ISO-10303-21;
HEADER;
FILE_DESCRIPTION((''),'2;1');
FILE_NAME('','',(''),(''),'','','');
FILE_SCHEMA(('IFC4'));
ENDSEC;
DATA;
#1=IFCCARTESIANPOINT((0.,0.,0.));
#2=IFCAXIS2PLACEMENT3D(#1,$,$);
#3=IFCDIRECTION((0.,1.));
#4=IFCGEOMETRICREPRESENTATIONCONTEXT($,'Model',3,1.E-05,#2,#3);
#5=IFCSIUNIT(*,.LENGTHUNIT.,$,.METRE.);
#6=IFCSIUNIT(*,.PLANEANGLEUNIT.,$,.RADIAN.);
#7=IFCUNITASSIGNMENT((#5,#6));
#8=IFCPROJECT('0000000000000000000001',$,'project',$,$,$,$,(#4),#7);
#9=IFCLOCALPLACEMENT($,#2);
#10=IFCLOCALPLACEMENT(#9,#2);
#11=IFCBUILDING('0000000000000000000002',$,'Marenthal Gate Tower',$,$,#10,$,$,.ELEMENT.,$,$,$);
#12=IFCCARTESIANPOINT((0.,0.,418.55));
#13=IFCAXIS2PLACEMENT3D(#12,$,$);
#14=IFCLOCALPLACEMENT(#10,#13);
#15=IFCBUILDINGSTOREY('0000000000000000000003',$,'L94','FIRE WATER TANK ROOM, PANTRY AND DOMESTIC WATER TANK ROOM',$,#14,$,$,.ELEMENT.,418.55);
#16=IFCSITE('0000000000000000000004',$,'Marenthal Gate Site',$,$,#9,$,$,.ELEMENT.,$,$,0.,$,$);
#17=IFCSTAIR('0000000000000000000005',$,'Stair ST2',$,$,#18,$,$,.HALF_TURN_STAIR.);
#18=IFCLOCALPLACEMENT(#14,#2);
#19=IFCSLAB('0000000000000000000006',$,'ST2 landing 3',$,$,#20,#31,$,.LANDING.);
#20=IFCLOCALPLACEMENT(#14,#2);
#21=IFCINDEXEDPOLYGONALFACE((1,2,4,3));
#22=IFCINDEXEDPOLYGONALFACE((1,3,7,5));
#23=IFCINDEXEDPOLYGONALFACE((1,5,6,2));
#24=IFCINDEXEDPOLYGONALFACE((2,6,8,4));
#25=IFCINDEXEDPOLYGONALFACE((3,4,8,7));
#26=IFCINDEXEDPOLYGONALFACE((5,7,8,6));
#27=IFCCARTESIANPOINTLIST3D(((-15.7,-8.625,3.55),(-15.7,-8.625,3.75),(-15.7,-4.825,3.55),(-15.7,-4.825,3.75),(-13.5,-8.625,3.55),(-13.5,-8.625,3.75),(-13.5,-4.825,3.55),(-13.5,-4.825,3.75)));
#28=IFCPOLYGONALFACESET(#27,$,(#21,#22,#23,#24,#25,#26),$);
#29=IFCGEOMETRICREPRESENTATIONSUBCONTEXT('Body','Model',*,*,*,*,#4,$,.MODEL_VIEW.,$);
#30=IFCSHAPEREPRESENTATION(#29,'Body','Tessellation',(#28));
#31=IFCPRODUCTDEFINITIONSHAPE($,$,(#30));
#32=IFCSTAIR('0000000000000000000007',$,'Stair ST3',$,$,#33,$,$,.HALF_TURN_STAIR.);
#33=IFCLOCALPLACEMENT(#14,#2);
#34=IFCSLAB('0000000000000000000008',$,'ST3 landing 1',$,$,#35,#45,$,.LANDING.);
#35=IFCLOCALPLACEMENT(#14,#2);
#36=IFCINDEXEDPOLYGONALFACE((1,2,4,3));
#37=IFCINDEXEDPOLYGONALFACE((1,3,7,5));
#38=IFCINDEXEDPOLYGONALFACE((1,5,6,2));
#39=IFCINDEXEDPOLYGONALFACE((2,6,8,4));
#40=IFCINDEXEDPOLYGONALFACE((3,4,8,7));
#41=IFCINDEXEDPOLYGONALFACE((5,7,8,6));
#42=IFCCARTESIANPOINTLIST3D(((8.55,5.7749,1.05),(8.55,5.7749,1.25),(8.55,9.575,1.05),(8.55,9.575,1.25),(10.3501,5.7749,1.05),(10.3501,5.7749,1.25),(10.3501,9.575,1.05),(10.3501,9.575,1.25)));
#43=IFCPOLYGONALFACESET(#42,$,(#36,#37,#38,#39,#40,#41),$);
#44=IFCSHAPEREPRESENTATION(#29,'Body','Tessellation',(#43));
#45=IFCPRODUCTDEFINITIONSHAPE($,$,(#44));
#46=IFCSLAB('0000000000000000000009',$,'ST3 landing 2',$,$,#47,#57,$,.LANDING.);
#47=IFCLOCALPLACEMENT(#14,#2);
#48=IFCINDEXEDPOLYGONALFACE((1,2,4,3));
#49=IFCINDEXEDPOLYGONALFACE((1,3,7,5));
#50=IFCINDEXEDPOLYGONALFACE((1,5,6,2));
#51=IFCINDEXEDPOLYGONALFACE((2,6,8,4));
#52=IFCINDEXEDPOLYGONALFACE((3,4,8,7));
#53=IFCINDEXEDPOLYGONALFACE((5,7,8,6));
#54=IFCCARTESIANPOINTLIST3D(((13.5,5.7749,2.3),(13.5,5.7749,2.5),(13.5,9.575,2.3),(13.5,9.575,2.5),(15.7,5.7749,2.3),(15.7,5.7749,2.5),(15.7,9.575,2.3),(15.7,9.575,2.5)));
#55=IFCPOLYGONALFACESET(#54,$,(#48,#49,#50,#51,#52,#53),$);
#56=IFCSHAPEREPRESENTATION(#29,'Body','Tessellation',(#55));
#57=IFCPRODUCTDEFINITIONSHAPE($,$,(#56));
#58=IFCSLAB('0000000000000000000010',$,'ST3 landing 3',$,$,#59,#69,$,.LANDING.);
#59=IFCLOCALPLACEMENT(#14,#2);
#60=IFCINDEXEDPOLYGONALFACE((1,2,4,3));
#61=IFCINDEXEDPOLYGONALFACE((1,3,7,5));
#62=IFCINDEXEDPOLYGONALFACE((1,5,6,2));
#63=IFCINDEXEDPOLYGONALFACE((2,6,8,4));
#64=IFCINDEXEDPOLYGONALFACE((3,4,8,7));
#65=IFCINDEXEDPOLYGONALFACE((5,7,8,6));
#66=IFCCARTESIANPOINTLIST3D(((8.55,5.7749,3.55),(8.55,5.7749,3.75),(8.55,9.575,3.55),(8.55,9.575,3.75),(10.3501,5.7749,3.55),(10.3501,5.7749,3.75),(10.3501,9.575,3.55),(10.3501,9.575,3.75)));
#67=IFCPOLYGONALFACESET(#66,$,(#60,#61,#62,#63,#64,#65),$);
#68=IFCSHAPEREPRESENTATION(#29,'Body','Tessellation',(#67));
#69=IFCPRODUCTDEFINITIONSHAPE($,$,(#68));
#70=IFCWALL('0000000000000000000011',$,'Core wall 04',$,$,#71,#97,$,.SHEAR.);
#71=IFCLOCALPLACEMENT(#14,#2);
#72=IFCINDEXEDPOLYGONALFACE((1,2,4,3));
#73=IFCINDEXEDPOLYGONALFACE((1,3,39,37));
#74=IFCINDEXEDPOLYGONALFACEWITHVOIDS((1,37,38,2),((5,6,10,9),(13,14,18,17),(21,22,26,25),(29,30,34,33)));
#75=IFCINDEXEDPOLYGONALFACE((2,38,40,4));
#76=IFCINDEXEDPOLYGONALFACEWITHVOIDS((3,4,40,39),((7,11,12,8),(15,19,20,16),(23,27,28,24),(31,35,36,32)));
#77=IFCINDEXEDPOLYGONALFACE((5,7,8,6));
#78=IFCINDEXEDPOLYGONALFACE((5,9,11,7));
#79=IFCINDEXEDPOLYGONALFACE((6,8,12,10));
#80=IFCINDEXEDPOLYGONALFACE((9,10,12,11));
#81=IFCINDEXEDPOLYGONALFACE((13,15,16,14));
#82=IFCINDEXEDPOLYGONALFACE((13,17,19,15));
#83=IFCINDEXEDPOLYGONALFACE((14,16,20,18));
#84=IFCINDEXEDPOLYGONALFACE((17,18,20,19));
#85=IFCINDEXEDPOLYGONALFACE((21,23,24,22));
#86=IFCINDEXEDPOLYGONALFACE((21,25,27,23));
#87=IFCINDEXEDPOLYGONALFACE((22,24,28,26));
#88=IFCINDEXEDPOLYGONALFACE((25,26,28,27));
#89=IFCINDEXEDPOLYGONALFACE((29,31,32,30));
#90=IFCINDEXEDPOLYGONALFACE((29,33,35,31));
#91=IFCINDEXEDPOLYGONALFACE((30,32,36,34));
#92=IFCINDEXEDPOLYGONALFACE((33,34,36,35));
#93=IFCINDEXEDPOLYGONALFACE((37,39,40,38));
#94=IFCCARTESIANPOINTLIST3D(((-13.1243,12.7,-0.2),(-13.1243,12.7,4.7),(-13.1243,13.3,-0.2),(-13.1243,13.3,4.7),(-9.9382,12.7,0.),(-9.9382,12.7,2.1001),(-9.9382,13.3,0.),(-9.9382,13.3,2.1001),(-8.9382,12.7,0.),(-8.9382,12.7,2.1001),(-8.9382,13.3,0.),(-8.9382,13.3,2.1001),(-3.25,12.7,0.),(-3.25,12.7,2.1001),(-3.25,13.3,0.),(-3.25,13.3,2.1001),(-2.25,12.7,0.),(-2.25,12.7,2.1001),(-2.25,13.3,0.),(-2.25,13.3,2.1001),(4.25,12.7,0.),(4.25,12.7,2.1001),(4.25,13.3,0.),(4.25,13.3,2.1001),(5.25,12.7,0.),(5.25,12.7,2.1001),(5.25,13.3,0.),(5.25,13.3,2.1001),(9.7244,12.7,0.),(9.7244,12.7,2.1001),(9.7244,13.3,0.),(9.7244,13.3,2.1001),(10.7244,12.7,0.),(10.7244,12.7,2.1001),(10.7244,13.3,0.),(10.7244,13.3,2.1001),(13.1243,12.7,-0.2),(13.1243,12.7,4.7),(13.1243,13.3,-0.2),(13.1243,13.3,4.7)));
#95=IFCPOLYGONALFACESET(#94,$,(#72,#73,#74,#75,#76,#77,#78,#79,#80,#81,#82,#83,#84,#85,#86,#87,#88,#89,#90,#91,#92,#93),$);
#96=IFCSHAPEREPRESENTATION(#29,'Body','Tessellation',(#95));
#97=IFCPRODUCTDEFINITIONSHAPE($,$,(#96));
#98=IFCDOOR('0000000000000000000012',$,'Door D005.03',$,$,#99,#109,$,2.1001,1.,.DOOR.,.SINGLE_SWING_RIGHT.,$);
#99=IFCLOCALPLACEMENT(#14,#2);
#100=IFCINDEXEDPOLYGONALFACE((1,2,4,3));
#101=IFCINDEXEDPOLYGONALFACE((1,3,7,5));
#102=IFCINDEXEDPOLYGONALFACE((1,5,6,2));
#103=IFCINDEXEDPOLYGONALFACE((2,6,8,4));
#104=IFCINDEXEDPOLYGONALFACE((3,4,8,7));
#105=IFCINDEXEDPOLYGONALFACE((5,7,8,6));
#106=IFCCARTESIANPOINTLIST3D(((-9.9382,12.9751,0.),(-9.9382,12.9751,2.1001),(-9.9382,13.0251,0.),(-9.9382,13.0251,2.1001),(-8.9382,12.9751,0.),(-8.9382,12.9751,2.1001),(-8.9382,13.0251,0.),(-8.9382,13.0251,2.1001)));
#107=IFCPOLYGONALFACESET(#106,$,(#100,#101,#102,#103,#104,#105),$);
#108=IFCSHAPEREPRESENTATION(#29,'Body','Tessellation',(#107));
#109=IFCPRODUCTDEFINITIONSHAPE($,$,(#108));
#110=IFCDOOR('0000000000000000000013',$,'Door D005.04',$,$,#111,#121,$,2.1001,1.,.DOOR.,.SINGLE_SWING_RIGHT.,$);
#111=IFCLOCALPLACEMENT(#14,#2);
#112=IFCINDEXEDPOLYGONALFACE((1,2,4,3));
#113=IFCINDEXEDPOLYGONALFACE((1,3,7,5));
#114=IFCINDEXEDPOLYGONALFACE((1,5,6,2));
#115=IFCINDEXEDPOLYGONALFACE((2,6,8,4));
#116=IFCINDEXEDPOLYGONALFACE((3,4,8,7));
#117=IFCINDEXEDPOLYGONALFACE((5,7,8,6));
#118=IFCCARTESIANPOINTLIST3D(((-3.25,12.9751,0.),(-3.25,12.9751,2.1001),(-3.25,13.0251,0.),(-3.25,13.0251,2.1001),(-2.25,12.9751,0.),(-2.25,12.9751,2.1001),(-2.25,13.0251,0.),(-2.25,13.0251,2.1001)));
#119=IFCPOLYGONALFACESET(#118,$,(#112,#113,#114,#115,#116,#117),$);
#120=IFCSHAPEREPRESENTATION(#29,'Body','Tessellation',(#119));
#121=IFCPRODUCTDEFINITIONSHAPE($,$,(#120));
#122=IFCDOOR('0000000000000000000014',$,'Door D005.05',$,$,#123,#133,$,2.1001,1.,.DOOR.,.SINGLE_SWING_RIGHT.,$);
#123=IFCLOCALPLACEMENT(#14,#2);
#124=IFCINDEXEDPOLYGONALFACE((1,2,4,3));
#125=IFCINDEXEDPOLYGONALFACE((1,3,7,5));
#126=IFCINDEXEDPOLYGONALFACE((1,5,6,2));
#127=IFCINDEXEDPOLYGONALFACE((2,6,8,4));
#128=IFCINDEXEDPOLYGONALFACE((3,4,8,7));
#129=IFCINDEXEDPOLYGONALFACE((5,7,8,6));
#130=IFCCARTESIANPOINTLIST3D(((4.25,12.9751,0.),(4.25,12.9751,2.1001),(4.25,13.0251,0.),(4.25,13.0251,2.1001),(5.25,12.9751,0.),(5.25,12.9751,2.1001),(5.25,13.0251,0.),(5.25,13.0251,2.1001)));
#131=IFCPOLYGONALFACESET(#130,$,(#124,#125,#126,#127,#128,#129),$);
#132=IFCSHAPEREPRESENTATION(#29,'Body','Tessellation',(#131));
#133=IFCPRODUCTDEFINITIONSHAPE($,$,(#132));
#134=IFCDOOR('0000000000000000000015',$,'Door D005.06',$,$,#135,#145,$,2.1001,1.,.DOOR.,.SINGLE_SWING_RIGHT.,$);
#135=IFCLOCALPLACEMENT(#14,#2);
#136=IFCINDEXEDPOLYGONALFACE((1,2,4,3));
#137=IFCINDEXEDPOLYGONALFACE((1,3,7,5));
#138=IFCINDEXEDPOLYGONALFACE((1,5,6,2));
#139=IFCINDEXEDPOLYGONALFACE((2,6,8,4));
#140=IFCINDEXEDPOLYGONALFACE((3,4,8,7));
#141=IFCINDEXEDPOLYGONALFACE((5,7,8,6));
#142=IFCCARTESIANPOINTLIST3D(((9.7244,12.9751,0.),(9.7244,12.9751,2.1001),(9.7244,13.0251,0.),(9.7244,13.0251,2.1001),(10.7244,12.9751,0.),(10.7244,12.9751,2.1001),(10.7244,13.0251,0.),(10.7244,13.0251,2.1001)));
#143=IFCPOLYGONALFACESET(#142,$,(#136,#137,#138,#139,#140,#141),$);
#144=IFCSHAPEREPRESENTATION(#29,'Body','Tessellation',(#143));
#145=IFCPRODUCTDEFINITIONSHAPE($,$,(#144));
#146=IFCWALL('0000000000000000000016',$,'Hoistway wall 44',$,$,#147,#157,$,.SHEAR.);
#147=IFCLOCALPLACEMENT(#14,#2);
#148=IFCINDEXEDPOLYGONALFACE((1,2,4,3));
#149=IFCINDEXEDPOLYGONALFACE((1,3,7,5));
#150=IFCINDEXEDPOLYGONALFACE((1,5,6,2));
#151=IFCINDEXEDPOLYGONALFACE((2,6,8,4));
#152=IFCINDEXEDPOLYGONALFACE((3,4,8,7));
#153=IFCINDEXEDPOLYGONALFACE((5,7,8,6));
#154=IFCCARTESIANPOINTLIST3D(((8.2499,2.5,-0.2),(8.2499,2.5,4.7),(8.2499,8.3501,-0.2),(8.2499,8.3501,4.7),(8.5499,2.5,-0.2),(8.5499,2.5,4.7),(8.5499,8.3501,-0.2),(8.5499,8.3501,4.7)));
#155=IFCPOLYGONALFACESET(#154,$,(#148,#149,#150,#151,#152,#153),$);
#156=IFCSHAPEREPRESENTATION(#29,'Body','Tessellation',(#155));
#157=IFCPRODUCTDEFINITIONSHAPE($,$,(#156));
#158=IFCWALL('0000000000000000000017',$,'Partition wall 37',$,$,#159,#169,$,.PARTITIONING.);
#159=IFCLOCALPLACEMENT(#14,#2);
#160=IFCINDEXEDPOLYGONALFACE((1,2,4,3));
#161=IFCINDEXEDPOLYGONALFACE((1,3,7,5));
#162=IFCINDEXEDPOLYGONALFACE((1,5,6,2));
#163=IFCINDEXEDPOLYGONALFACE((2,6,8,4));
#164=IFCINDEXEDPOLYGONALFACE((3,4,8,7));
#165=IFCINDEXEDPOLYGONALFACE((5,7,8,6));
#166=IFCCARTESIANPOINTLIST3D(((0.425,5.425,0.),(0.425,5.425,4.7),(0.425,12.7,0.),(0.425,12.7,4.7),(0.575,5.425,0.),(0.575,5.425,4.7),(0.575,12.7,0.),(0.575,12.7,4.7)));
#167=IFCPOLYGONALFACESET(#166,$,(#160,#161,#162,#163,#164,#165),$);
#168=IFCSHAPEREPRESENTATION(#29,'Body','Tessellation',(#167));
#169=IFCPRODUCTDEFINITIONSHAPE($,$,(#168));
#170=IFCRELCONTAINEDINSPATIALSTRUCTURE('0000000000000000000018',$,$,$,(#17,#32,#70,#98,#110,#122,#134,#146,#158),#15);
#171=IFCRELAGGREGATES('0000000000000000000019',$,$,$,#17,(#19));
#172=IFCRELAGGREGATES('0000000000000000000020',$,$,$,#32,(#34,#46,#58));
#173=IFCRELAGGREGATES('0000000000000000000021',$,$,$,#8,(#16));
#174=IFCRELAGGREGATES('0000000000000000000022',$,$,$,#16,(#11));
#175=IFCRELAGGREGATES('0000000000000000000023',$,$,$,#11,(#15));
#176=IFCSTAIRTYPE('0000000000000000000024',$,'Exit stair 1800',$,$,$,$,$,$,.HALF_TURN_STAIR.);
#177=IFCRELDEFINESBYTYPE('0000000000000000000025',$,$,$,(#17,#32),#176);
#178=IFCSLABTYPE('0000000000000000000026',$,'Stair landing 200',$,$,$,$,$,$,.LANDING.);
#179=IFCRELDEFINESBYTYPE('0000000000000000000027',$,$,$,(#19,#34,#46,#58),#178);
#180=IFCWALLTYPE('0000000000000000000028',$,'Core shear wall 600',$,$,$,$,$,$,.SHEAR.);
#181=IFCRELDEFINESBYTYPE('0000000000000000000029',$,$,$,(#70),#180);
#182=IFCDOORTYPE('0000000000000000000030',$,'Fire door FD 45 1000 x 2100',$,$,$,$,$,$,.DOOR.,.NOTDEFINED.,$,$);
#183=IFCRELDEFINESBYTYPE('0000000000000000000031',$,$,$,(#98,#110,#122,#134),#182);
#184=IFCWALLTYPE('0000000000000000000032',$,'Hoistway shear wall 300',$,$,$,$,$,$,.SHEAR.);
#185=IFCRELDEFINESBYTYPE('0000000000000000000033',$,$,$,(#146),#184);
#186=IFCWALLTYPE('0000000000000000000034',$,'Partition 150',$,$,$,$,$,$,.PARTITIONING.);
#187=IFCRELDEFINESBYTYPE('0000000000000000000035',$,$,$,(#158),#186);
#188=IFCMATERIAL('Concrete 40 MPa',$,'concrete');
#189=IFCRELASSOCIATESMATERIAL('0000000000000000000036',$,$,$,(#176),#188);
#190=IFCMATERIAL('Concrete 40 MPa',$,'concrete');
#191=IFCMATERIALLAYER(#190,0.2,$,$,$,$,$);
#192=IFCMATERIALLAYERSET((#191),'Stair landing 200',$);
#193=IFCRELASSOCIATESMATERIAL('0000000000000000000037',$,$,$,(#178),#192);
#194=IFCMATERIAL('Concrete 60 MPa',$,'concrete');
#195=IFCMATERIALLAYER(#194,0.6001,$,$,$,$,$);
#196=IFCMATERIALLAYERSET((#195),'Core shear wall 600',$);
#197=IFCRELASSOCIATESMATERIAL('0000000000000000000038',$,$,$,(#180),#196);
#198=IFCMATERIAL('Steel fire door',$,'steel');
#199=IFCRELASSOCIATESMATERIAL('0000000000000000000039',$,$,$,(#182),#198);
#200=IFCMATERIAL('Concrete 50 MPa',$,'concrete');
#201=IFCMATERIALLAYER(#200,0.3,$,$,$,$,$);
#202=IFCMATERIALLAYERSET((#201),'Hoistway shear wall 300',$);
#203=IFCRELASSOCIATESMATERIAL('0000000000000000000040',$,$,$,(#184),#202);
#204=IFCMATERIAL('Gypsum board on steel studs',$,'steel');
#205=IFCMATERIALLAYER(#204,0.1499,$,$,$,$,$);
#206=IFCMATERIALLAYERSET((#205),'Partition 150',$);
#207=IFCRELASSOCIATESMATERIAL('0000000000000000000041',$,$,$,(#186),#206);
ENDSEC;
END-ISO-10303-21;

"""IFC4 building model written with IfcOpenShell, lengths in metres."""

from ifc_helpers import new_model, si_unit, direction, frame, frame_2d, origin, place, context, subcontext, project, spatial, polyline, rectangle, outline, extrude, material, layer, layer_set, type_object, element, fill, aggregate, save


model = new_model("IFC4")

# Units and contexts
model_context = context("Model", 3, precision=1e-05, world=origin(), true_north=direction((0.0, 1.0)))
body_context = subcontext(model_context, "Body", "Model", "MODEL_VIEW")
ifc_project = project(units=[si_unit("LENGTHUNIT", "METRE"), si_unit("PLANEANGLEUNIT", "RADIAN")], contexts=[model_context])

# Site, building, storey
site_placement = place(None, origin())
site = spatial("IfcSite", under=ifc_project, at=site_placement, Name="Marenthal Gate Site", CompositionType="ELEMENT", RefElevation=0.0)
building_placement = place(site_placement, origin())
building = spatial("IfcBuilding", under=site, at=building_placement, Name="Marenthal Gate Tower", CompositionType="ELEMENT")
storey_placement = place(building_placement, frame((0.0, 0.0, 418.55)))
storey = spatial("IfcBuildingStorey", under=building, at=storey_placement, Name="L94", Description="FIRE WATER TANK ROOM, PANTRY AND DOMESTIC WATER TANK ROOM", CompositionType="ELEMENT", Elevation=418.55)

# Stair, slab
ifc_material_1 = material(Name="Concrete 40 MPa", Category="concrete")
stair_type = type_object("IfcStairType", Name="Exit stair 1800", PredefinedType="HALF_TURN_STAIR", material=ifc_material_1)
stair_1_placement = place(storey_placement, origin())
stair_1 = element("IfcStair", 1, at=stair_1_placement, inside=storey, type_object=stair_type, Name="Stair ST2", PredefinedType="HALF_TURN_STAIR")
ifc_material_2 = material(Name="Concrete 40 MPa", Category="concrete")
ifc_layer_1 = layer(ifc_material_2, 0.2)
ifc_layer_set_1 = layer_set([ifc_layer_1], Name="Stair landing 200")
slab_type = type_object("IfcSlabType", Name="Stair landing 200", PredefinedType="LANDING", material=ifc_layer_set_1)
slab_1_placement = place(storey_placement, frame((0.0, 0.0, 3.55)))
slab_1 = element("IfcSlab", 2, at=slab_1_placement, type_object=slab_type, Name="ST2 landing 3", PredefinedType="LANDING", context=body_context, shape_type="SweptSolid", body=[
    extrude(outline(polyline([(-15.7, -8.625), (-13.5, -8.625), (-13.5, -4.825), (-15.7, -4.825), (-15.7, -8.625)])), origin(), (0.0, 0.0, 1.0), 0.2),
])
aggregate(stair_1, [slab_1])

# Stair, slabs
stair_2_placement = place(storey_placement, origin())
stair_2 = element("IfcStair", 3, at=stair_2_placement, inside=storey, type_object=stair_type, Name="Stair ST3", PredefinedType="HALF_TURN_STAIR")
slab_2_placement = place(storey_placement, frame((0.0, 0.0, 1.05)))
slab_2 = element("IfcSlab", 4, at=slab_2_placement, type_object=slab_type, Name="ST3 landing 1", PredefinedType="LANDING", context=body_context, shape_type="SweptSolid", body=[
    extrude(outline(polyline([(8.55, 5.7749), (10.3501, 5.7749), (10.3501, 9.575), (8.55, 9.575), (8.55, 5.7749)])), origin(), (0.0, 0.0, 1.0), 0.2),
])
slab_3_placement = place(storey_placement, frame((0.0, 0.0, 2.3)))
slab_3 = element("IfcSlab", 5, at=slab_3_placement, type_object=slab_type, Name="ST3 landing 2", PredefinedType="LANDING", context=body_context, shape_type="SweptSolid", body=[
    extrude(outline(polyline([(13.5, 5.7749), (15.7, 5.7749), (15.7, 9.575), (13.5, 9.575), (13.5, 5.7749)])), origin(), (0.0, 0.0, 1.0), 0.2),
])
slab_4_placement = place(storey_placement, frame((0.0, 0.0, 3.55)))
slab_4 = element("IfcSlab", 6, at=slab_4_placement, type_object=slab_type, Name="ST3 landing 3", PredefinedType="LANDING", context=body_context, shape_type="SweptSolid", body=[
    extrude(outline(polyline([(8.55, 5.7749), (10.3501, 5.7749), (10.3501, 9.575), (8.55, 9.575), (8.55, 5.7749)])), origin(), (0.0, 0.0, 1.0), 0.2),
])

# Wall, openings, doors
ifc_material_3 = material(Name="Concrete 60 MPa", Category="concrete")
ifc_layer_2 = layer(ifc_material_3, 0.6001)
ifc_layer_set_2 = layer_set([ifc_layer_2], Name="Core shear wall 600")
wall_type_1 = type_object("IfcWallType", Name="Core shear wall 600", PredefinedType="SHEAR", material=ifc_layer_set_2)
wall_1_placement = place(storey_placement, frame((13.1243, 13.0, -0.2), z_axis=(0.0, 0.0, 1.0), x_axis=(-1.0, 0.0, 0.0)))
wall_1 = element("IfcWall", 7, at=wall_1_placement, inside=storey, type_object=wall_type_1, Name="Core wall 04", PredefinedType="SHEAR", context=body_context, shape_type="SweptSolid", body=[
    extrude(rectangle(XDim=26.2485, YDim=0.6001, at=frame_2d((13.1243, 0.0))), origin(), (0.0, 0.0, 1.0), 4.8999),
])
opening_1_placement = place(wall_1_placement, frame((22.0625, 0.0, 0.2)))
opening_1 = element("IfcOpeningElement", 8, at=opening_1_placement, cuts=wall_1, PredefinedType="OPENING", context=body_context, shape_type="SweptSolid", body=[
    extrude(rectangle(XDim=1.0, YDim=2.1001, at=frame_2d((0.5, 1.05))), frame((0.0, 0.3101, 0.0), z_axis=(0.0, -1.0, 0.0), x_axis=(1.0, 0.0, 0.0)), (0.0, 0.0, 1.0), 0.6201),
])
opening_2_placement = place(wall_1_placement, frame((15.3743, 0.0, 0.2)))
opening_2 = element("IfcOpeningElement", 9, at=opening_2_placement, cuts=wall_1, PredefinedType="OPENING", context=body_context, shape_type="SweptSolid", body=[
    extrude(rectangle(XDim=1.0, YDim=2.1001, at=frame_2d((0.5, 1.05))), frame((0.0, 0.3101, 0.0), z_axis=(0.0, -1.0, 0.0), x_axis=(1.0, 0.0, 0.0)), (0.0, 0.0, 1.0), 0.6201),
])
opening_3_placement = place(wall_1_placement, frame((7.8743, 0.0, 0.2)))
opening_3 = element("IfcOpeningElement", 10, at=opening_3_placement, cuts=wall_1, PredefinedType="OPENING", context=body_context, shape_type="SweptSolid", body=[
    extrude(rectangle(XDim=1.0, YDim=2.1001, at=frame_2d((0.5, 1.05))), frame((0.0, 0.3101, 0.0), z_axis=(0.0, -1.0, 0.0), x_axis=(1.0, 0.0, 0.0)), (0.0, 0.0, 1.0), 0.6201),
])
opening_4_placement = place(wall_1_placement, frame((2.3999, 0.0, 0.2)))
opening_4 = element("IfcOpeningElement", 11, at=opening_4_placement, cuts=wall_1, PredefinedType="OPENING", context=body_context, shape_type="SweptSolid", body=[
    extrude(rectangle(XDim=1.0, YDim=2.1001, at=frame_2d((0.5, 1.05))), frame((0.0, 0.3101, 0.0), z_axis=(0.0, -1.0, 0.0), x_axis=(1.0, 0.0, 0.0)), (0.0, 0.0, 1.0), 0.6201),
])
ifc_material_4 = material(Name="Steel fire door", Category="steel")
door_type_1 = type_object("IfcDoorType", Name="Fire door FD 45 1000 x 2100", OperationType="NOTDEFINED", PredefinedType="DOOR", material=ifc_material_4)
door_1_placement = place(opening_1_placement, origin())
door_1 = element("IfcDoor", 12, at=door_1_placement, inside=storey, type_object=door_type_1, Name="Door D005.03", OperationType="SINGLE_SWING_RIGHT", OverallHeight=2.1001, OverallWidth=1.0, PredefinedType="DOOR", context=body_context, shape_type="SweptSolid", body=[
    extrude(rectangle(XDim=1.0, YDim=2.1001, at=frame_2d((0.5, 1.05))), frame((0.0, 0.0249, 0.0), z_axis=(0.0, -1.0, 0.0), x_axis=(1.0, 0.0, 0.0)), (0.0, 0.0, 1.0), 0.05),
])
fill(opening_1, door_1)
door_2_placement = place(opening_2_placement, origin())
door_2 = element("IfcDoor", 13, at=door_2_placement, inside=storey, type_object=door_type_1, Name="Door D005.04", OperationType="SINGLE_SWING_RIGHT", OverallHeight=2.1001, OverallWidth=1.0, PredefinedType="DOOR", context=body_context, shape_type="SweptSolid", body=[
    extrude(rectangle(XDim=1.0, YDim=2.1001, at=frame_2d((0.5, 1.05))), frame((0.0, 0.0249, 0.0), z_axis=(0.0, -1.0, 0.0), x_axis=(1.0, 0.0, 0.0)), (0.0, 0.0, 1.0), 0.05),
])
fill(opening_2, door_2)
door_3_placement = place(opening_3_placement, origin())
door_3 = element("IfcDoor", 14, at=door_3_placement, inside=storey, type_object=door_type_1, Name="Door D005.05", OperationType="SINGLE_SWING_RIGHT", OverallHeight=2.1001, OverallWidth=1.0, PredefinedType="DOOR", context=body_context, shape_type="SweptSolid", body=[
    extrude(rectangle(XDim=1.0, YDim=2.1001, at=frame_2d((0.5, 1.05))), frame((0.0, 0.0249, 0.0), z_axis=(0.0, -1.0, 0.0), x_axis=(1.0, 0.0, 0.0)), (0.0, 0.0, 1.0), 0.05),
])
fill(opening_3, door_3)
door_4_placement = place(opening_4_placement, origin())
door_4 = element("IfcDoor", 15, at=door_4_placement, inside=storey, type_object=door_type_1, Name="Door D005.06", OperationType="SINGLE_SWING_RIGHT", OverallHeight=2.1001, OverallWidth=1.0, PredefinedType="DOOR", context=body_context, shape_type="SweptSolid", body=[
    extrude(rectangle(XDim=1.0, YDim=2.1001, at=frame_2d((0.5, 1.05))), frame((0.0, 0.0249, 0.0), z_axis=(0.0, -1.0, 0.0), x_axis=(1.0, 0.0, 0.0)), (0.0, 0.0, 1.0), 0.05),
])
fill(opening_4, door_4)

# Walls
ifc_material_5 = material(Name="Concrete 50 MPa", Category="concrete")
ifc_layer_3 = layer(ifc_material_5, 0.3)
ifc_layer_set_3 = layer_set([ifc_layer_3], Name="Hoistway shear wall 300")
wall_type_2 = type_object("IfcWallType", Name="Hoistway shear wall 300", PredefinedType="SHEAR", material=ifc_layer_set_3)
wall_2_placement = place(storey_placement, frame((8.3999, 2.5, -0.2), z_axis=(0.0, 0.0, 1.0), x_axis=(0.0, 1.0, 0.0)))
element("IfcWall", 16, at=wall_2_placement, inside=storey, type_object=wall_type_2, Name="Hoistway wall 44", PredefinedType="SHEAR", context=body_context, shape_type="SweptSolid", body=[
    extrude(rectangle(XDim=5.8501, YDim=0.3, at=frame_2d((2.925, 0.0))), origin(), (0.0, 0.0, 1.0), 4.8999),
])
ifc_material_6 = material(Name="Gypsum board on steel studs", Category="steel")
ifc_layer_4 = layer(ifc_material_6, 0.1499)
ifc_layer_set_4 = layer_set([ifc_layer_4], Name="Partition 150")
wall_type_3 = type_object("IfcWallType", Name="Partition 150", PredefinedType="PARTITIONING", material=ifc_layer_set_4)
wall_3_placement = place(storey_placement, frame((0.5, 5.425, 0.0), z_axis=(0.0, 0.0, 1.0), x_axis=(0.0, 1.0, 0.0)))
element("IfcWall", 17, at=wall_3_placement, inside=storey, type_object=wall_type_3, Name="Partition wall 37", PredefinedType="PARTITIONING", context=body_context, shape_type="SweptSolid", body=[
    extrude(rectangle(XDim=7.2749, YDim=0.1499, at=frame_2d((3.6375, 0.0))), origin(), (0.0, 0.0, 1.0), 4.7),
])

aggregate(stair_2, [slab_2, slab_3, slab_4])

save(model, "model.ifc")
